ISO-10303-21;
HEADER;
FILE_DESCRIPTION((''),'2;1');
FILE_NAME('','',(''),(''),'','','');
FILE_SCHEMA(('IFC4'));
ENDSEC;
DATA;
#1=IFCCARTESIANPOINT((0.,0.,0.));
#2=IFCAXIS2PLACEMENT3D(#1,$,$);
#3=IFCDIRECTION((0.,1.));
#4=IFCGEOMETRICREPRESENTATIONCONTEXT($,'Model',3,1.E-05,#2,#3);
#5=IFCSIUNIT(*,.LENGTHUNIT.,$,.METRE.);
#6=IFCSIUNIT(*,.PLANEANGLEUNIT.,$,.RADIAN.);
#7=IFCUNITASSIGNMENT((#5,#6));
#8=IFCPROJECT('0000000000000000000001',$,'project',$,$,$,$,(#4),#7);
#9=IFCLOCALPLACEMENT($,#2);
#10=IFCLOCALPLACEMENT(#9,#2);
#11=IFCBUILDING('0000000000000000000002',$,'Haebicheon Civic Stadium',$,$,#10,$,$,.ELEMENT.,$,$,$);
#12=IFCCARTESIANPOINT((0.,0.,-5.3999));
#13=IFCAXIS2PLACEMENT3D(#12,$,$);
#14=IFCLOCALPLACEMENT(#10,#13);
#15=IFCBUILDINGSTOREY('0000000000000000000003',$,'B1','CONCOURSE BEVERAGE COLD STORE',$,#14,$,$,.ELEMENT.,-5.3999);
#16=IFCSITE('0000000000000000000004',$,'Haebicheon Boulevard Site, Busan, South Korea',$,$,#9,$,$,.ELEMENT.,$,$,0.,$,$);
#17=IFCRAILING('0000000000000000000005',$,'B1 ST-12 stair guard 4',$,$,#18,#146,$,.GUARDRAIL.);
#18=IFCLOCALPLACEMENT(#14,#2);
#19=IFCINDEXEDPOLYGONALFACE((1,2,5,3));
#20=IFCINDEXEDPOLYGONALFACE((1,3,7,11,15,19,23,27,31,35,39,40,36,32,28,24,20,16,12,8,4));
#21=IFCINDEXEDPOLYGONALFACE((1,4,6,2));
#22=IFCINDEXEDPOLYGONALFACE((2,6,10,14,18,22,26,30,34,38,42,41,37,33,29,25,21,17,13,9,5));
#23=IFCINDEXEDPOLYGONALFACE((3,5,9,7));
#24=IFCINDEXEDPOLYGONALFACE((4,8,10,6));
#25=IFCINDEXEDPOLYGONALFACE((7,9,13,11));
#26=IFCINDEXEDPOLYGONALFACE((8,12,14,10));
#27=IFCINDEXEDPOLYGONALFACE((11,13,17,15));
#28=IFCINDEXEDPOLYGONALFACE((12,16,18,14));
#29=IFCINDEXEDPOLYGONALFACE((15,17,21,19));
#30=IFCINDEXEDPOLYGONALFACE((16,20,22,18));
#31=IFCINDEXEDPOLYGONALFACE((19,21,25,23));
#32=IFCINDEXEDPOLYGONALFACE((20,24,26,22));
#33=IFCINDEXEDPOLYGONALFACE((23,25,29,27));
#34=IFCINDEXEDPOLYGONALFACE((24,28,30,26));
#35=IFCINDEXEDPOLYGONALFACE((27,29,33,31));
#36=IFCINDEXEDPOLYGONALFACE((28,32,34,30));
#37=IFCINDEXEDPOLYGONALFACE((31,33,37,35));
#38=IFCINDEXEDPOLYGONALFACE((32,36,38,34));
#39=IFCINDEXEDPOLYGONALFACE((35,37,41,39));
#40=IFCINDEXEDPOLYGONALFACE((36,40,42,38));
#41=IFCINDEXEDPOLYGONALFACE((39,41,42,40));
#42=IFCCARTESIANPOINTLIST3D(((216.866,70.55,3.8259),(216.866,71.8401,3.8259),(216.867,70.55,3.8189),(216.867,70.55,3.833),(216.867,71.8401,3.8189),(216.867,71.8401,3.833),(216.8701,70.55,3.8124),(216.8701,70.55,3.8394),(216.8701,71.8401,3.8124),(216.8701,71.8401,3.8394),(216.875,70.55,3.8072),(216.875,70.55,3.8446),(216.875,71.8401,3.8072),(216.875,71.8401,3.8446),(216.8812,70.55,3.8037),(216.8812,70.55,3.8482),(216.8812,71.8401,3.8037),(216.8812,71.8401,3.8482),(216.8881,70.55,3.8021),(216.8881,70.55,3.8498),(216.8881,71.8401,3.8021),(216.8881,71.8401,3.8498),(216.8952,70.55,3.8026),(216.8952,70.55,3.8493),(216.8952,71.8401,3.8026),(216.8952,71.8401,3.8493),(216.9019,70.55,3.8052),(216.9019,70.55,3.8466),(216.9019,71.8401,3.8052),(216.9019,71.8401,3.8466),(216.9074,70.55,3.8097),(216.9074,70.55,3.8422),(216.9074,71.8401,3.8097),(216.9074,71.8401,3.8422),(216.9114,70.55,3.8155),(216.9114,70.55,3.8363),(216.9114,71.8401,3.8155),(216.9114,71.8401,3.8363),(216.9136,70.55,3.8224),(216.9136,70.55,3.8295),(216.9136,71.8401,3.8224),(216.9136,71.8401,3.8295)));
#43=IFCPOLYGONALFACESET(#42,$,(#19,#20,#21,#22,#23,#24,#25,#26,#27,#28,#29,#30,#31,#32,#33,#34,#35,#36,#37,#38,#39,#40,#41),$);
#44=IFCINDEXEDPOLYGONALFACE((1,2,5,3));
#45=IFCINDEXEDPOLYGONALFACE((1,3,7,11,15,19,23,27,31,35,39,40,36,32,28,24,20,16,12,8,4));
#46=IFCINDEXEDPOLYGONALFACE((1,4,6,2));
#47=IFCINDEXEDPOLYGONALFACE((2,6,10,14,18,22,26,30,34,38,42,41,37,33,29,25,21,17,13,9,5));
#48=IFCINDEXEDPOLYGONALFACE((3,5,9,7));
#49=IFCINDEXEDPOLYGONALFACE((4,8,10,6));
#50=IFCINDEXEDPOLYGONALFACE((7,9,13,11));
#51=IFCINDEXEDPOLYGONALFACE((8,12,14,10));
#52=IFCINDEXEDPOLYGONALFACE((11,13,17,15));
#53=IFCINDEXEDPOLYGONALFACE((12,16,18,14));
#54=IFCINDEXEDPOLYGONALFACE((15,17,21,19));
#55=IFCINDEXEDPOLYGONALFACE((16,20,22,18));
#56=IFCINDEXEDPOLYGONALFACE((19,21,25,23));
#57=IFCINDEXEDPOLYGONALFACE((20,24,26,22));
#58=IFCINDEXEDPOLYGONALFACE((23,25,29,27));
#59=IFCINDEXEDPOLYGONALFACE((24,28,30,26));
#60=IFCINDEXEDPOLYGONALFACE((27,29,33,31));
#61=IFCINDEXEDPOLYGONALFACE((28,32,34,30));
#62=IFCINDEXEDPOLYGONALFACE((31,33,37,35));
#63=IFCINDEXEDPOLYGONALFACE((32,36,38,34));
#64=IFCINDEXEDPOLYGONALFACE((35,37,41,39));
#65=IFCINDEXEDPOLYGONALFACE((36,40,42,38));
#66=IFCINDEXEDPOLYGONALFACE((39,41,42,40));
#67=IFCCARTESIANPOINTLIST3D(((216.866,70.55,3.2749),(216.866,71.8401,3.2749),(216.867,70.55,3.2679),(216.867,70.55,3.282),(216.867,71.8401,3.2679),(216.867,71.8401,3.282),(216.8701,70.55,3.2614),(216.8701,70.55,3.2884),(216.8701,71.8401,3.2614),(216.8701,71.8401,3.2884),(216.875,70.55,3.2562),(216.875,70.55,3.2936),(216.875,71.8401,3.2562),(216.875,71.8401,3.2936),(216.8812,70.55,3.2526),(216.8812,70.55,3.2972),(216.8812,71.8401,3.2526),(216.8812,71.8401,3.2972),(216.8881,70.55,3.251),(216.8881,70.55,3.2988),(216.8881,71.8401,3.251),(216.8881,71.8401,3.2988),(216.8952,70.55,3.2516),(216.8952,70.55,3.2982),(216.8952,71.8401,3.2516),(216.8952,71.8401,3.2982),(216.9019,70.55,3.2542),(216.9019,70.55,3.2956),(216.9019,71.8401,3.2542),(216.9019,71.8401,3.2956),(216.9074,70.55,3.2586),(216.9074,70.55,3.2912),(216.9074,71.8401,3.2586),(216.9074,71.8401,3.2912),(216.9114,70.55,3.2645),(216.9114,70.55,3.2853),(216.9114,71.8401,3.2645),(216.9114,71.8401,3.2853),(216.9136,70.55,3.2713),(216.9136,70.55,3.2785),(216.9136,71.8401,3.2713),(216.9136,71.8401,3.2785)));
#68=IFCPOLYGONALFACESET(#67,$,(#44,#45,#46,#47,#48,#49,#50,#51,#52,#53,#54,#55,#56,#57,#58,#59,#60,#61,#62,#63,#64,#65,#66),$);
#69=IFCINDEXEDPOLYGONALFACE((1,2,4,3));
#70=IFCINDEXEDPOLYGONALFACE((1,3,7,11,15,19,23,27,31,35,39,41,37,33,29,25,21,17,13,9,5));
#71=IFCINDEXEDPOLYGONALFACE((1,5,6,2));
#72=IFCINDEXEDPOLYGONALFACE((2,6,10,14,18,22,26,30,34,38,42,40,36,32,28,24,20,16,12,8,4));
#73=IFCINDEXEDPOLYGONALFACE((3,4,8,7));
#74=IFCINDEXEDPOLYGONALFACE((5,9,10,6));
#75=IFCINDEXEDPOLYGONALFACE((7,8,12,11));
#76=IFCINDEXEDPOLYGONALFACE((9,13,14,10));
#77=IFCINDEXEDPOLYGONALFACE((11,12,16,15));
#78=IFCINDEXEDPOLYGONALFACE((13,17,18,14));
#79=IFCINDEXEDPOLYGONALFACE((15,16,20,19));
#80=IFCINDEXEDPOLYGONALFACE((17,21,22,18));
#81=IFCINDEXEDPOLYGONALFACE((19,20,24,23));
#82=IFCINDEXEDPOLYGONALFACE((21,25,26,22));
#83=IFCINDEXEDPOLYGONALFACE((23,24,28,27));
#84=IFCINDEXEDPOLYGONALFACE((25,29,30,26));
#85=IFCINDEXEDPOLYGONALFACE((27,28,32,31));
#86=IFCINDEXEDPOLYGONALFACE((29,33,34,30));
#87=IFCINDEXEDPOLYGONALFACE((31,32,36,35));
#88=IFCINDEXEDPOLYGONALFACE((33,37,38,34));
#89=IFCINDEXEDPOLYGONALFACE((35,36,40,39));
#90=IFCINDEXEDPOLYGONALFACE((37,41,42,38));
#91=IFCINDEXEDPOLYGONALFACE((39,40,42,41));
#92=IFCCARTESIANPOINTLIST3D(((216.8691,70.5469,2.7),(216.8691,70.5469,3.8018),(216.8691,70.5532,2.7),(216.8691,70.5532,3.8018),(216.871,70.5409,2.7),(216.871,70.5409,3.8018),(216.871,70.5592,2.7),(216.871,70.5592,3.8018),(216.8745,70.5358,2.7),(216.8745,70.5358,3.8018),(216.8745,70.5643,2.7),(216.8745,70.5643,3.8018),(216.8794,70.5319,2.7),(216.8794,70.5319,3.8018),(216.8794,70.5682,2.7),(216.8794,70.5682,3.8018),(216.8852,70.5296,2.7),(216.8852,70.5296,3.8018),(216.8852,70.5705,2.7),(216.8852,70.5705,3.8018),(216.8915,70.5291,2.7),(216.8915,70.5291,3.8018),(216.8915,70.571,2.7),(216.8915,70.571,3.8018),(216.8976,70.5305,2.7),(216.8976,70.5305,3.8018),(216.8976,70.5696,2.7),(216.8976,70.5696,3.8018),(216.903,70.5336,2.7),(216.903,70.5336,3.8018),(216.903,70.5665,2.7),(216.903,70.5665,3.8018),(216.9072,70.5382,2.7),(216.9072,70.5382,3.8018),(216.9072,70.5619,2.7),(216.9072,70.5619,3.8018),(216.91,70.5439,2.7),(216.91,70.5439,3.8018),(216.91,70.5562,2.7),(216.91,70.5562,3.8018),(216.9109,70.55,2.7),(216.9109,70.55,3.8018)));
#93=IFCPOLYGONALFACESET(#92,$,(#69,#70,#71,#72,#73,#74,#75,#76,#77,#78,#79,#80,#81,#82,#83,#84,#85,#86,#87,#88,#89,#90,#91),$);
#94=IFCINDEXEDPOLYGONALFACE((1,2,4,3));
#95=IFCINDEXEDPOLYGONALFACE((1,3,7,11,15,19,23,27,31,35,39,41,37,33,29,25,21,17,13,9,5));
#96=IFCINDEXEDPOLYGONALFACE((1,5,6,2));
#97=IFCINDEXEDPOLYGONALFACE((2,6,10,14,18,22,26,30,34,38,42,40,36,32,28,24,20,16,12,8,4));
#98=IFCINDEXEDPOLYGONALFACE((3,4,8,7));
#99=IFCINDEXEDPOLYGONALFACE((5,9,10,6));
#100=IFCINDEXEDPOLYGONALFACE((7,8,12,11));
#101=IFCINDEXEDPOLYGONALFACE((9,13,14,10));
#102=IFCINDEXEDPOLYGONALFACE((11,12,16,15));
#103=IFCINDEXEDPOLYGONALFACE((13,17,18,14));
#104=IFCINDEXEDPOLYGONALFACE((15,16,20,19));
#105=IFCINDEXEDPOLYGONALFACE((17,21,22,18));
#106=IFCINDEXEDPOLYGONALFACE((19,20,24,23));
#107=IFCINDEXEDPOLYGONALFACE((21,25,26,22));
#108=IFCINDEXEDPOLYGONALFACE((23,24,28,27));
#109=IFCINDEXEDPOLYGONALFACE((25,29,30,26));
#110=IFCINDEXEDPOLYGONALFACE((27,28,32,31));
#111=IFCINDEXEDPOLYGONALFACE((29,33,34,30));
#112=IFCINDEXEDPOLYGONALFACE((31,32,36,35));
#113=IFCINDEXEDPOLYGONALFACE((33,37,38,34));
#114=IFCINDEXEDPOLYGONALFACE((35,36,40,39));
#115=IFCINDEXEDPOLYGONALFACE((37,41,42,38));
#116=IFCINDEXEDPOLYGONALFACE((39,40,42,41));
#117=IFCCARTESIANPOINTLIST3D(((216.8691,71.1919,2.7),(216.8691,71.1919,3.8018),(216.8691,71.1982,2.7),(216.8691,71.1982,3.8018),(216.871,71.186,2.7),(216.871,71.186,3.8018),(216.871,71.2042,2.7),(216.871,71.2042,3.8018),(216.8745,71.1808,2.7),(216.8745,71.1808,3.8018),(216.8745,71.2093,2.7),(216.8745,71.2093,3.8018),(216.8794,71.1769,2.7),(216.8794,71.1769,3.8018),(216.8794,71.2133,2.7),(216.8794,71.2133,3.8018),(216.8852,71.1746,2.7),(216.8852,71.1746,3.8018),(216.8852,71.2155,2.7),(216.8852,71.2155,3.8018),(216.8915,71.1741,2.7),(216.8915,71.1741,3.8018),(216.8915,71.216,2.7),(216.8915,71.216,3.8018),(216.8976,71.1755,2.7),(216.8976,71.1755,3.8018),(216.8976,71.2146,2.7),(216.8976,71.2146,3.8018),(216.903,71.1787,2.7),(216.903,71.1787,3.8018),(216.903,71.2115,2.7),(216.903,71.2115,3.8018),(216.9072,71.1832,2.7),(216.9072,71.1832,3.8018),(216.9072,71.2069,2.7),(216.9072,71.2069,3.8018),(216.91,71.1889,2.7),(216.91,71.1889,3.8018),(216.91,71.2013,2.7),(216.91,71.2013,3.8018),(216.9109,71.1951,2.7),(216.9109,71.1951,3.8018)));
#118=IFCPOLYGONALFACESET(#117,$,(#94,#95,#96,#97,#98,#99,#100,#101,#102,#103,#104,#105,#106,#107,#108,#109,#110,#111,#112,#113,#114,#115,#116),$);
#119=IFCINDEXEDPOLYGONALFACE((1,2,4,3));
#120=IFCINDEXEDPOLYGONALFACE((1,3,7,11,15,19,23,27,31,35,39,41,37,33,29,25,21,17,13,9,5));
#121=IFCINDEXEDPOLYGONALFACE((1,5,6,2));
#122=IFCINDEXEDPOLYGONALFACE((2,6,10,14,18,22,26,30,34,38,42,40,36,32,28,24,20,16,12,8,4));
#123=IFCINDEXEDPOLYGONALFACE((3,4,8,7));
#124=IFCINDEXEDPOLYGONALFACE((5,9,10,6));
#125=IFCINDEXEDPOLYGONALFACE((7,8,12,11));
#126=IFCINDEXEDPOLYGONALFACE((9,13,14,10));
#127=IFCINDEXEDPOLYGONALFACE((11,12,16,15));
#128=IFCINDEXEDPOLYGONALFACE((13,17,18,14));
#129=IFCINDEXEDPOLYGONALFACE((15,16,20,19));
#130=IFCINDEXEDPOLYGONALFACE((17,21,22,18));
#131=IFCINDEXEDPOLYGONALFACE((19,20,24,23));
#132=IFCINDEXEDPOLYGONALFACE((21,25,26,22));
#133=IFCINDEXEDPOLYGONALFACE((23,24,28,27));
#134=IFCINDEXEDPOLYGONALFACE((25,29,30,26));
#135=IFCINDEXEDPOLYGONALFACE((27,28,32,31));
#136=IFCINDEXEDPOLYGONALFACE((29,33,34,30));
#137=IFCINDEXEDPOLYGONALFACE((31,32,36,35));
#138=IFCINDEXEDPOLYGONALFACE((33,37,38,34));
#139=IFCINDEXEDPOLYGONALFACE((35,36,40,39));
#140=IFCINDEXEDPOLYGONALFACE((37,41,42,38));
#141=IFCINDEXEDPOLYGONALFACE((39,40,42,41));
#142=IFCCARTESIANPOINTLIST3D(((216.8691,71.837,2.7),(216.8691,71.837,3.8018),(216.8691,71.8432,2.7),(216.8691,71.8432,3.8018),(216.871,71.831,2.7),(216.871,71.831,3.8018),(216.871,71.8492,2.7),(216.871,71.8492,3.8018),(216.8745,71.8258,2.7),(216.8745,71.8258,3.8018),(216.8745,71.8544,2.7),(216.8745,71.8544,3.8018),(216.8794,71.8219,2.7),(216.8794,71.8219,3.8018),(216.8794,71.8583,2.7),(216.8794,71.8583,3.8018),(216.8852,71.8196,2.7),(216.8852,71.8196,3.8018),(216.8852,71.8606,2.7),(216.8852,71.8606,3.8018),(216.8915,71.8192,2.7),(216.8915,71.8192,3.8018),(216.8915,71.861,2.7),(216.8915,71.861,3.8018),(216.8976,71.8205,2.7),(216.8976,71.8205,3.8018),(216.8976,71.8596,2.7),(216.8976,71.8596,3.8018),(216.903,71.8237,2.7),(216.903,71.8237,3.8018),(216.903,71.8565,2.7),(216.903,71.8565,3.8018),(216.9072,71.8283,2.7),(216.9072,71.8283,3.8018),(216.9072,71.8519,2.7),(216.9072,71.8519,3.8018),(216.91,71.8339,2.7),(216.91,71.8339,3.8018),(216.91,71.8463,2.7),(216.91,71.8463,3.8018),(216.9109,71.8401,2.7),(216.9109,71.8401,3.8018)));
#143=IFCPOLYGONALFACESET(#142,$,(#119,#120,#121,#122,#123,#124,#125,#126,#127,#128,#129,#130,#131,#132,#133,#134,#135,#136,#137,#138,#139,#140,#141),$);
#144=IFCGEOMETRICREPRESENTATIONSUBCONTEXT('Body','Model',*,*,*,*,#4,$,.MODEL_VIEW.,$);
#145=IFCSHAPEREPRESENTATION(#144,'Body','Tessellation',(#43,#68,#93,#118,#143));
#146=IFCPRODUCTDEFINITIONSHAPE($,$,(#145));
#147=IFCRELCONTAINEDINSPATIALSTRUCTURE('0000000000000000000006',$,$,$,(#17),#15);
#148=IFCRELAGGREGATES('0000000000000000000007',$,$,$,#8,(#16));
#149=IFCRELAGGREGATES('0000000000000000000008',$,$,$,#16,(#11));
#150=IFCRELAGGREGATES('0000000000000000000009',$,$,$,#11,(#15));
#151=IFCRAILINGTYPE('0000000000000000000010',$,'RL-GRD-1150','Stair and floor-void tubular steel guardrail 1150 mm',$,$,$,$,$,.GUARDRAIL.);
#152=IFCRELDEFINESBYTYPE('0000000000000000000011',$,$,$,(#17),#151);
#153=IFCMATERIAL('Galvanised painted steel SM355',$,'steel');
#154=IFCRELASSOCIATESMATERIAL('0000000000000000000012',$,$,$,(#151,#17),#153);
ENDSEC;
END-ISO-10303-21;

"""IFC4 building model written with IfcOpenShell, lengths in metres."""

from ifc_helpers import new_model, si_unit, direction, frame, origin, origin_2d, place, context, subcontext, project, spatial, circle, extrude, material, type_object, element, save


model = new_model("IFC4")

# Units and contexts
model_context = context("Model", 3, precision=1e-05, world=origin(), true_north=direction((0.0, 1.0)))
body_context = subcontext(model_context, "Body", "Model", "MODEL_VIEW")
ifc_project = project(units=[si_unit("LENGTHUNIT", "METRE"), si_unit("PLANEANGLEUNIT", "RADIAN")], contexts=[model_context])

# Site, building, storey
site_placement = place(None, origin())
site = spatial("IfcSite", under=ifc_project, at=site_placement, Name="Haebicheon Boulevard Site, Busan, South Korea", CompositionType="ELEMENT", RefElevation=0.0)
building_placement = place(site_placement, origin())
building = spatial("IfcBuilding", under=site, at=building_placement, Name="Haebicheon Civic Stadium", CompositionType="ELEMENT")
storey_placement = place(building_placement, frame((0.0, 0.0, -5.3999)))
storey = spatial("IfcBuildingStorey", under=building, at=storey_placement, Name="B1", Description="CONCOURSE BEVERAGE COLD STORE", CompositionType="ELEMENT", Elevation=-5.3999)

# Railing
ifc_material_1 = material(Name="Galvanised painted steel SM355", Category="steel")
railing_type_1 = type_object("IfcRailingType", Name="RL-GRD-1150", Description="Stair and floor-void tubular steel guardrail 1150 mm", PredefinedType="GUARDRAIL", material=ifc_material_1)
for number, where, name in (
    (1, (216.8899, 70.55, 2.7), "B1 ST-12 stair guard 4"),
):
    element("IfcRailing", number, at=place(storey_placement, frame(where)), inside=storey, type_object=railing_type_1, material=ifc_material_1, Name=name, PredefinedType="GUARDRAIL", context=body_context, shape_type="SweptSolid", body=[
        extrude(circle(Radius=0.0239, at=origin_2d()), frame((0.0, 0.0, 1.126), z_axis=(0.0, 1.0, 0.0), x_axis=(-1.0, 0.0, 0.0)), (0.0, 0.0, 1.0), 1.29),
        extrude(circle(Radius=0.0239, at=origin_2d()), frame((0.0, 0.0, 0.575), z_axis=(0.0, 1.0, 0.0), x_axis=(-1.0, 0.0, 0.0)), (0.0, 0.0, 1.0), 1.29),
        extrude(circle(Radius=0.021, at=origin_2d()), origin(), (0.0, 0.0, 1.0), 1.1018),
        extrude(circle(Radius=0.021, at=origin_2d()), frame((0.0, 0.645, 0.0)), (0.0, 0.0, 1.0), 1.1018),
        extrude(circle(Radius=0.021, at=origin_2d()), frame((0.0, 1.29, 0.0)), (0.0, 0.0, 1.0), 1.1018),
    ])

save(model, "model.ifc")
